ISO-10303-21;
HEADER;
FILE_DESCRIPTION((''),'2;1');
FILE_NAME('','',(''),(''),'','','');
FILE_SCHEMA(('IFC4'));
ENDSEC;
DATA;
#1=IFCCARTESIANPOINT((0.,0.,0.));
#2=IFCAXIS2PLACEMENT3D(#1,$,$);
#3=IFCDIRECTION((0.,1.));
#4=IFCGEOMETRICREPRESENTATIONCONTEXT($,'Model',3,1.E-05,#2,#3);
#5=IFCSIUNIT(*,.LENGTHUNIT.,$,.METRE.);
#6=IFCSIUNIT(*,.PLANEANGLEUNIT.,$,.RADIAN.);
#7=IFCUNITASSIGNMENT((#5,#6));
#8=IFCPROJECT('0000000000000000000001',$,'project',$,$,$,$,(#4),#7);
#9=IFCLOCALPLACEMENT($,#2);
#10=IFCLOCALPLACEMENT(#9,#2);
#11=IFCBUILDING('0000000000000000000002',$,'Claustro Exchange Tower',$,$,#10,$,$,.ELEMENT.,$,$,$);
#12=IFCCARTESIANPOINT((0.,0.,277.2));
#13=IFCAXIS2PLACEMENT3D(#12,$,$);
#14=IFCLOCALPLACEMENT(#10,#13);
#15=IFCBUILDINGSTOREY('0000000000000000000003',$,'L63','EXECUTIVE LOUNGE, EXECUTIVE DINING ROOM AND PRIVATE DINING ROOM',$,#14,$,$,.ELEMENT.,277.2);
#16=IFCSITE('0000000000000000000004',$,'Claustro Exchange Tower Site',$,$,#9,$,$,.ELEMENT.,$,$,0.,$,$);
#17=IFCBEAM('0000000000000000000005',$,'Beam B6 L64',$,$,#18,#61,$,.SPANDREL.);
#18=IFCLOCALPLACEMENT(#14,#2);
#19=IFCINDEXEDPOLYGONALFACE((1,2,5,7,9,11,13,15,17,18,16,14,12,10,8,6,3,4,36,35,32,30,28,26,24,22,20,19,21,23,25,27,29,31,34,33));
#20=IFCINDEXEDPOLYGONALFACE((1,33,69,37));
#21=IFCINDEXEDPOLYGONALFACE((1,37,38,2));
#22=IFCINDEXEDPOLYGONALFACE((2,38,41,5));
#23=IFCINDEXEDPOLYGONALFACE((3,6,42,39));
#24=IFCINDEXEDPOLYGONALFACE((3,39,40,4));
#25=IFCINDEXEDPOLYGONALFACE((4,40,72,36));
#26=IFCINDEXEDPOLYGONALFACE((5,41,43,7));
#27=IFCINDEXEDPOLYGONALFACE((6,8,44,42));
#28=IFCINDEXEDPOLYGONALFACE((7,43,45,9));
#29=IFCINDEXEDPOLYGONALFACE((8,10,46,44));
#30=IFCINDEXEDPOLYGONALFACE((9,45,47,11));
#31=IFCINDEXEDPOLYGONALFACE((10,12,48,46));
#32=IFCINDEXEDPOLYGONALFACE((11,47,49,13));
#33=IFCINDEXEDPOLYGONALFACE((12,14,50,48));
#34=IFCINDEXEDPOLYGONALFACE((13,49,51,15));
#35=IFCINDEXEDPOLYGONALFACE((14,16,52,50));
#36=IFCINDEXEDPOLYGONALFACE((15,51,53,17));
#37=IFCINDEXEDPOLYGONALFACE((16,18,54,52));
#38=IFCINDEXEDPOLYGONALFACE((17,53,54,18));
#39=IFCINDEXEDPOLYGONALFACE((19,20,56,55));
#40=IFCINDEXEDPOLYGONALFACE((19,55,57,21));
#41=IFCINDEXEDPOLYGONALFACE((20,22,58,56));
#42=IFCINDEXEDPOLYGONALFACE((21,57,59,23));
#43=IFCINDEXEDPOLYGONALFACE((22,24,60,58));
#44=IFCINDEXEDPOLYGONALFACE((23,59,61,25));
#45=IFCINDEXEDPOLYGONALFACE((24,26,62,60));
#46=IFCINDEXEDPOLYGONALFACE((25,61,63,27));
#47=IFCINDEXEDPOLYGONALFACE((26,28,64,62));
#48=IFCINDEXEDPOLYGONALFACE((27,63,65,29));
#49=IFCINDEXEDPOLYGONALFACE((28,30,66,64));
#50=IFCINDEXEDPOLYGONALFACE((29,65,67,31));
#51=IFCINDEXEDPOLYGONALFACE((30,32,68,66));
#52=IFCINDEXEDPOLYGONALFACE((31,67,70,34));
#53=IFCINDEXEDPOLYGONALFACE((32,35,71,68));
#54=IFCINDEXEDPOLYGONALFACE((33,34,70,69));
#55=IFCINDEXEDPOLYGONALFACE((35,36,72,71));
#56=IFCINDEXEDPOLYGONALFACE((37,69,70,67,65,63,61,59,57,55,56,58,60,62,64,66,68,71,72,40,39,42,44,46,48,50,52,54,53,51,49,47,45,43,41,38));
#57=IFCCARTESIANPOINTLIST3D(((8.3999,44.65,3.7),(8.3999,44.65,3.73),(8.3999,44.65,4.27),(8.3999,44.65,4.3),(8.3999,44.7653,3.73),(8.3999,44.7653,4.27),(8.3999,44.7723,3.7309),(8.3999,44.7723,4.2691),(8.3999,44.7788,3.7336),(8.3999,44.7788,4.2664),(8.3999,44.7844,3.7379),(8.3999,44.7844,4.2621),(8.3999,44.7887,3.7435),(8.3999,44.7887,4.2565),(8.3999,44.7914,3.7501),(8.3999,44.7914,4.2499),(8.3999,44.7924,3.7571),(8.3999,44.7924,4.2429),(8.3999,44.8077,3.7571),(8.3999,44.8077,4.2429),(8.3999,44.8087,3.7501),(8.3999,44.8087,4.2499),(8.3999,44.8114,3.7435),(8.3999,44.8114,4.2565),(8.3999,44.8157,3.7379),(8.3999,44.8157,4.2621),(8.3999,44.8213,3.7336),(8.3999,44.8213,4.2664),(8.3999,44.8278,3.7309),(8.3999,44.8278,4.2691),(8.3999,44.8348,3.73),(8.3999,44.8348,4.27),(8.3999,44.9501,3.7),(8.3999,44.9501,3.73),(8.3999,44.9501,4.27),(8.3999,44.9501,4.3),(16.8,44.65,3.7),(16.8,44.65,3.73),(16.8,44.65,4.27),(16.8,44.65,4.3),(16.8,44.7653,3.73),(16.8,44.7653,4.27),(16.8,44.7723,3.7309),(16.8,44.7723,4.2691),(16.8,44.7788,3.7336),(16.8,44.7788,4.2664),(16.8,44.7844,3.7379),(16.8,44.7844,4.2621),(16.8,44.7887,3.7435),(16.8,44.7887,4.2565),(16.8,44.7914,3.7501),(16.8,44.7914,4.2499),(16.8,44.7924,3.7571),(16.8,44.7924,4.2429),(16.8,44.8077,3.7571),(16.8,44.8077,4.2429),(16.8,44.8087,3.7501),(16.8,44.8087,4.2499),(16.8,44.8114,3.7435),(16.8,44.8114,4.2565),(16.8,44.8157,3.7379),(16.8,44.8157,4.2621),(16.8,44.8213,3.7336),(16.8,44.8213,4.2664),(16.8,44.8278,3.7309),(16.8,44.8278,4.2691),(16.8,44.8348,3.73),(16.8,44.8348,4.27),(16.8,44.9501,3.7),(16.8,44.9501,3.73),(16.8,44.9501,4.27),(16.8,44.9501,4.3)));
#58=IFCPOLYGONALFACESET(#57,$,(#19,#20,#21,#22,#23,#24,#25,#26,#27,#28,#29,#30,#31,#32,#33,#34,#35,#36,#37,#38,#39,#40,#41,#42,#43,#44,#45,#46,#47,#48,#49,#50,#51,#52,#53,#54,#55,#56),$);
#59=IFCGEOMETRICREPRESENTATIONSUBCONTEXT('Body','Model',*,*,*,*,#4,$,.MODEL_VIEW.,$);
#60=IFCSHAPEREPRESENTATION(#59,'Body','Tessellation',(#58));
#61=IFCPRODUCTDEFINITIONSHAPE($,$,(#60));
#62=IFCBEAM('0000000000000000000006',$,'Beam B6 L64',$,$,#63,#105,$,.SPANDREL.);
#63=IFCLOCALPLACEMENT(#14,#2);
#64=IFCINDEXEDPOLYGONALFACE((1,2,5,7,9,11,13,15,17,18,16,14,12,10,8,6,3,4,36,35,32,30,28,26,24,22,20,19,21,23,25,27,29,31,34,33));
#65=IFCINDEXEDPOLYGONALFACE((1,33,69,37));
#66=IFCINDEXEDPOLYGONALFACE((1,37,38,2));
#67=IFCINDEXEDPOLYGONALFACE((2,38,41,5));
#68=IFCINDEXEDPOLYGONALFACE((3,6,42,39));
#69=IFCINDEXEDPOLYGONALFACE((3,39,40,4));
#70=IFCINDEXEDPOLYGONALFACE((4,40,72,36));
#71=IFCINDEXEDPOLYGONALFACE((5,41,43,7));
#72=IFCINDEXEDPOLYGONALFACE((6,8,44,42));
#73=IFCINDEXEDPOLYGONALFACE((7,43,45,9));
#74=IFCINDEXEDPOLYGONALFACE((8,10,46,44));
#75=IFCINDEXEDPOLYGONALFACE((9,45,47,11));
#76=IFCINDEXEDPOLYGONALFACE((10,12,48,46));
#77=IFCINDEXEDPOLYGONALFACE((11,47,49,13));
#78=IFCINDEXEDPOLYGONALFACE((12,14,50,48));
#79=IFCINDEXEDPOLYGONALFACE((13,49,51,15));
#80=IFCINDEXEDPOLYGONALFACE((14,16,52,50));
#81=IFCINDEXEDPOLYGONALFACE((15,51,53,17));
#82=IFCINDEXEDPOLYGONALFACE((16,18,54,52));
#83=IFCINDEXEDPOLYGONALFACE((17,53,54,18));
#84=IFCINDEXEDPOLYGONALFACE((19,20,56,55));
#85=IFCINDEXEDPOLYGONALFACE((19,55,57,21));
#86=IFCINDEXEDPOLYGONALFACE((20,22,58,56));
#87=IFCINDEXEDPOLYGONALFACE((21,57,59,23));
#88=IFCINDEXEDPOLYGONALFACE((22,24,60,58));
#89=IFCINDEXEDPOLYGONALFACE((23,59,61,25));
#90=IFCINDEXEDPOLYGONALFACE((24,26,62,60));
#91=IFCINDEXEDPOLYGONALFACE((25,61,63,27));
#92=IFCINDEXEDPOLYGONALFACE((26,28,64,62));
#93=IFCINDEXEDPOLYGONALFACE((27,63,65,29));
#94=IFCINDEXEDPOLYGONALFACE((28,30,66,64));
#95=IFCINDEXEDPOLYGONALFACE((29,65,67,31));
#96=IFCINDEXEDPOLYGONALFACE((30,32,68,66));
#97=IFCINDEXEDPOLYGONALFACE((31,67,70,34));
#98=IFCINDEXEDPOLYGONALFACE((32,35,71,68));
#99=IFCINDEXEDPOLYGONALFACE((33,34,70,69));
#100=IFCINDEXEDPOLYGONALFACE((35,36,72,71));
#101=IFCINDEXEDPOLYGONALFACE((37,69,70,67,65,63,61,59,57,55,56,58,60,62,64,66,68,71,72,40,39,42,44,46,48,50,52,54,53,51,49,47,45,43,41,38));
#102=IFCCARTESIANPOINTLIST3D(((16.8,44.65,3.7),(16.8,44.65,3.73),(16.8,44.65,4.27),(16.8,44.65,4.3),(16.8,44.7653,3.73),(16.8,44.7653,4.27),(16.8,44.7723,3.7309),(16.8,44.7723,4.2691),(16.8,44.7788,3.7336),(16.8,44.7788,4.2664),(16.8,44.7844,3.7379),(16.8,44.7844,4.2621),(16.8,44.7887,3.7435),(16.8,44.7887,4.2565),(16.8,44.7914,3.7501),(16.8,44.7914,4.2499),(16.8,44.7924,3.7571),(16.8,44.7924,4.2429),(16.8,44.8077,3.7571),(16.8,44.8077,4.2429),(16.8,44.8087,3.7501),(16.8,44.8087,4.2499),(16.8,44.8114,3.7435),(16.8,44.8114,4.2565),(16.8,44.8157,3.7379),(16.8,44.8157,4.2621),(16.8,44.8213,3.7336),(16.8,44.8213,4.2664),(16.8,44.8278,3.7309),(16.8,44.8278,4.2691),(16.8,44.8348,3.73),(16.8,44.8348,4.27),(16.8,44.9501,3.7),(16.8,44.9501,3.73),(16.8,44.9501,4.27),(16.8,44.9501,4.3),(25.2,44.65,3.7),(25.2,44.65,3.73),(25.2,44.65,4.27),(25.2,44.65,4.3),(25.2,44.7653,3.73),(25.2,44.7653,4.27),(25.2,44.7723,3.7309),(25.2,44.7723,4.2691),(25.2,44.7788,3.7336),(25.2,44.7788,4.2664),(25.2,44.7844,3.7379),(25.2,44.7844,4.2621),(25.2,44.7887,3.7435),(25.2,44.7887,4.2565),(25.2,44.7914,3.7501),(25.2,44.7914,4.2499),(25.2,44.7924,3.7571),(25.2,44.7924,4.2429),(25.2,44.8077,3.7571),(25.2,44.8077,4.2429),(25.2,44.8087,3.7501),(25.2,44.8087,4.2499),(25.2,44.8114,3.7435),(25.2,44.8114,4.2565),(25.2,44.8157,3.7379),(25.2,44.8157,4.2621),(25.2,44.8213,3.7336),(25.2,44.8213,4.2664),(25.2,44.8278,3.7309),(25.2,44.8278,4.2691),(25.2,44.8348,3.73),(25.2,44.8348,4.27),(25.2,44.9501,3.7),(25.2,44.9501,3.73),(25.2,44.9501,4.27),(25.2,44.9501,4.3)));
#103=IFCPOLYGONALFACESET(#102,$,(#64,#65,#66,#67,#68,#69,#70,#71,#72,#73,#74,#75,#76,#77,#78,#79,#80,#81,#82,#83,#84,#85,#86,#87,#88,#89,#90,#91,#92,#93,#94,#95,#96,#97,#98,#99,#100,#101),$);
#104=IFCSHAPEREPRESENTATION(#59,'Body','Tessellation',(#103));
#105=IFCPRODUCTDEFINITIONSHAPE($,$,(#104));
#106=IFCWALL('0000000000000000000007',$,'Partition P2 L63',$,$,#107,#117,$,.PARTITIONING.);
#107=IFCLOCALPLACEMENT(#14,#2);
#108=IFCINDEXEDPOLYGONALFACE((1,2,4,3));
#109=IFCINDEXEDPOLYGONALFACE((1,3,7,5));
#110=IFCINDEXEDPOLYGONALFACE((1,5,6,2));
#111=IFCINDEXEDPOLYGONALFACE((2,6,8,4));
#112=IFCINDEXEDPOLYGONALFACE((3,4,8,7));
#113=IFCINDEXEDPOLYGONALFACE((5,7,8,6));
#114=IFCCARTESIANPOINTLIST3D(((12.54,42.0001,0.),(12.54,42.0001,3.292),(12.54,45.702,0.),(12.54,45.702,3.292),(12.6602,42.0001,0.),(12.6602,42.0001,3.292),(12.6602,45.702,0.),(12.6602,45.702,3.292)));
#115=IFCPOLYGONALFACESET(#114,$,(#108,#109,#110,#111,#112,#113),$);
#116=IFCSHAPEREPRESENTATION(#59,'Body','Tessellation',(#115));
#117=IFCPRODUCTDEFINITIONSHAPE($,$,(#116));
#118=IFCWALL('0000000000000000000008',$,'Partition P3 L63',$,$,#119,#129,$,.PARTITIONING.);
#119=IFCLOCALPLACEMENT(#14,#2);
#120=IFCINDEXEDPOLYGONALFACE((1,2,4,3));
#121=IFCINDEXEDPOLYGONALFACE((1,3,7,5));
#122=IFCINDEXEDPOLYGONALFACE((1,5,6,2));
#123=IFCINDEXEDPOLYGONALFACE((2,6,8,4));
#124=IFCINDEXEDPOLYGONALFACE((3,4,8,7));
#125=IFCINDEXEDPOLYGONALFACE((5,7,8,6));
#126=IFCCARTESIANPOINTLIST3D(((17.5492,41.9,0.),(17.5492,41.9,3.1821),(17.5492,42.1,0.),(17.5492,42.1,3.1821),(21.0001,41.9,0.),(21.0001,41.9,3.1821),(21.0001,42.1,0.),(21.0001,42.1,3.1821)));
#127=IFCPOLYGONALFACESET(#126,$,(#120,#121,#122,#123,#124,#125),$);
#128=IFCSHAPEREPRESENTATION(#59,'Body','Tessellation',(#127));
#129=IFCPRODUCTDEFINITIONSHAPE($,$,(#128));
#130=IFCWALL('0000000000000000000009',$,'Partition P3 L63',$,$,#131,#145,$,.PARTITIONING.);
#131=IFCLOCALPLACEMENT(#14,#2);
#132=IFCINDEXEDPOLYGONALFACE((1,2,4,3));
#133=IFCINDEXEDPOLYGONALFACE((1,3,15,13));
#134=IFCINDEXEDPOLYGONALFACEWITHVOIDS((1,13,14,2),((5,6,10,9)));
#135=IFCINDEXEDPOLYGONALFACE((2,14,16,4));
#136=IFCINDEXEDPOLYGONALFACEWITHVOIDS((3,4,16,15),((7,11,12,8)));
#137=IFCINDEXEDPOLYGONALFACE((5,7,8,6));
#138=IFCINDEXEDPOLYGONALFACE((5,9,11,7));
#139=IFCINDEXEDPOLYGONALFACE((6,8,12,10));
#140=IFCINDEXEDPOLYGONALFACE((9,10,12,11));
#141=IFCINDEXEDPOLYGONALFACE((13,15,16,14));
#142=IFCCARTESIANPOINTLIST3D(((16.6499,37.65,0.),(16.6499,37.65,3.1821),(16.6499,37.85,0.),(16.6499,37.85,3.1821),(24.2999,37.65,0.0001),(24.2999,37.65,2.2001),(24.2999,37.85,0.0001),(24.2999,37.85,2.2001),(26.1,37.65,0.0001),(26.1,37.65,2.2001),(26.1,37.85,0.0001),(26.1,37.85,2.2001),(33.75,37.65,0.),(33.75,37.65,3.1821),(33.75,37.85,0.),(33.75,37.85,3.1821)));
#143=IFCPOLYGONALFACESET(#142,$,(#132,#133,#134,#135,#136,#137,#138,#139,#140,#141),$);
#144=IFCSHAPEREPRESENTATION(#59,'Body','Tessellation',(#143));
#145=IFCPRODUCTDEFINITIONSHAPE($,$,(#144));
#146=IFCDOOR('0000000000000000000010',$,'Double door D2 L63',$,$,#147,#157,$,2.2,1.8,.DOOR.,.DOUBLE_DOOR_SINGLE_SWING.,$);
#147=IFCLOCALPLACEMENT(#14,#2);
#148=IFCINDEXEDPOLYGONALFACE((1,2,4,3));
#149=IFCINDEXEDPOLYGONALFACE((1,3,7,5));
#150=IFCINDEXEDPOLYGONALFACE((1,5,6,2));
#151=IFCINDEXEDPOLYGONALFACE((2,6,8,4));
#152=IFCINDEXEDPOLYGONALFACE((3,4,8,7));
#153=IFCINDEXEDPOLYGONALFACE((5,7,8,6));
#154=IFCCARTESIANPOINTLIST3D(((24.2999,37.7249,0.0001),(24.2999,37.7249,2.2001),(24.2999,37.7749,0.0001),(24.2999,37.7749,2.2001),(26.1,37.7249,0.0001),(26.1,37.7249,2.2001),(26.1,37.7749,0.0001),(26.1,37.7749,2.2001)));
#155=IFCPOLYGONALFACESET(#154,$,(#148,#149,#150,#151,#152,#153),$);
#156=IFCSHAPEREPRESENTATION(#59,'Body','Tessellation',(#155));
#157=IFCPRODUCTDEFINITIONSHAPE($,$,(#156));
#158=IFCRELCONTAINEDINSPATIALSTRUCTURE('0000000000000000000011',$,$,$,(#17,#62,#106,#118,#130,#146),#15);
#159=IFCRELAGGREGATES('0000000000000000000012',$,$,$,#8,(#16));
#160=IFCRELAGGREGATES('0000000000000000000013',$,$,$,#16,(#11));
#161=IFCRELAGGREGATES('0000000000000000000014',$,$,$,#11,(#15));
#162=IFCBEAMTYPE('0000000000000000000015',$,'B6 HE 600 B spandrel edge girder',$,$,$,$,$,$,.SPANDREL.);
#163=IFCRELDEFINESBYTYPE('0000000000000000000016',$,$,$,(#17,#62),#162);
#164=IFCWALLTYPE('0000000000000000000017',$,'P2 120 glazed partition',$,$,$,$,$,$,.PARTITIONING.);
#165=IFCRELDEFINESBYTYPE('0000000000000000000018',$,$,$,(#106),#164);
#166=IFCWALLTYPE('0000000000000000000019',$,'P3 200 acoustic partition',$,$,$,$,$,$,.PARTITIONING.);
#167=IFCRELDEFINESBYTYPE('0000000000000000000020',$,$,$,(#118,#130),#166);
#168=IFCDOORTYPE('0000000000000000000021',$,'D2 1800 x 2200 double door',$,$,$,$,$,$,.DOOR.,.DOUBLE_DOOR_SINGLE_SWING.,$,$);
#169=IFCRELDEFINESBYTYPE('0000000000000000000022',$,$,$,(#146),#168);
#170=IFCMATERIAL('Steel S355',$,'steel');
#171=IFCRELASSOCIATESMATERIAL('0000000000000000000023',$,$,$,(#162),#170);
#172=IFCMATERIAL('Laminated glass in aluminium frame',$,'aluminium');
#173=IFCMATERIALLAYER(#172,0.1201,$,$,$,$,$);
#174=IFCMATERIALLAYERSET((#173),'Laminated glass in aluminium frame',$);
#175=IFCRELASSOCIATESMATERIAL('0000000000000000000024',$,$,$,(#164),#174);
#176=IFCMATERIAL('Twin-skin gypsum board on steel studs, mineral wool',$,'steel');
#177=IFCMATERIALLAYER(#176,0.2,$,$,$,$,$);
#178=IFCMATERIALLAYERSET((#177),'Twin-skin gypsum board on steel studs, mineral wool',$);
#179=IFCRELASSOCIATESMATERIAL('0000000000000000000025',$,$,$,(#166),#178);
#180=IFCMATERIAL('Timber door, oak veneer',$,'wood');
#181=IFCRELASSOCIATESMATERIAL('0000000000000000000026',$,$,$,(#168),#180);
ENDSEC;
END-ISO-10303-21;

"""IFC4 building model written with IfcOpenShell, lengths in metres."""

from ifc_helpers import new_model, si_unit, direction, frame, frame_2d, origin, origin_2d, place, context, subcontext, project, spatial, rectangle, i_section, extrude, material, layer, layer_set, material_profile, profile_set, type_object, element, fill, save


model = new_model("IFC4")

# Units and contexts
model_context = context("Model", 3, precision=1e-05, world=origin(), true_north=direction((0.0, 1.0)))
body_context = subcontext(model_context, "Body", "Model", "MODEL_VIEW")
ifc_project = project(units=[si_unit("LENGTHUNIT", "METRE"), si_unit("PLANEANGLEUNIT", "RADIAN")], contexts=[model_context])

# Site, building, storey
site_placement = place(None, origin())
site = spatial("IfcSite", under=ifc_project, at=site_placement, Name="Claustro Exchange Tower Site", CompositionType="ELEMENT", RefElevation=0.0)
building_placement = place(site_placement, origin())
building = spatial("IfcBuilding", under=site, at=building_placement, Name="Claustro Exchange Tower", CompositionType="ELEMENT")
storey_placement = place(building_placement, frame((0.0, 0.0, 277.2)))
storey = spatial("IfcBuildingStorey", under=building, at=storey_placement, Name="L63", Description="EXECUTIVE LOUNGE, EXECUTIVE DINING ROOM AND PRIVATE DINING ROOM", CompositionType="ELEMENT", Elevation=277.2)

# Beams
ifc_material_1 = material(Name="Steel S355", Category="steel")
ifc_material_profile_1 = material_profile(ifc_material_1, i_section(OverallWidth=0.3, OverallDepth=0.6001, WebThickness=0.0154, FlangeThickness=0.03, FilletRadius=0.0271, at=origin_2d()), Name="HE 600 B")
ifc_profile_set_1 = profile_set([ifc_material_profile_1], Name="Steel S355")
beam_type_1 = type_object("IfcBeamType", Name="B6 HE 600 B spandrel edge girder", PredefinedType="SPANDREL", material=ifc_profile_set_1)
beam_1_placement = place(storey_placement, frame((8.3999, 44.8, 4.0), z_axis=(1.0, 0.0, 0.0), x_axis=(0.0, 1.0, 0.0)))
element("IfcBeam", 1, at=beam_1_placement, inside=storey, type_object=beam_type_1, Name="Beam B6 L64", PredefinedType="SPANDREL", context=body_context, shape_type="SweptSolid", body=[
    extrude(i_section(OverallWidth=0.3, OverallDepth=0.6001, WebThickness=0.0154, FlangeThickness=0.03, FilletRadius=0.0271, at=origin_2d()), origin(), (0.0, 0.0, 1.0), 8.4001),
])
beam_2_placement = place(storey_placement, frame((16.8, 44.8, 4.0), z_axis=(1.0, 0.0, 0.0), x_axis=(0.0, 1.0, 0.0)))
element("IfcBeam", 2, at=beam_2_placement, inside=storey, type_object=beam_type_1, Name="Beam B6 L64", PredefinedType="SPANDREL", context=body_context, shape_type="SweptSolid", body=[
    extrude(i_section(OverallWidth=0.3, OverallDepth=0.6001, WebThickness=0.0154, FlangeThickness=0.03, FilletRadius=0.0271, at=origin_2d()), origin(), (0.0, 0.0, 1.0), 8.3999),
])

# Wall
ifc_material_2 = material(Name="Laminated glass in aluminium frame", Category="aluminium")
ifc_layer_1 = layer(ifc_material_2, 0.1201)
ifc_layer_set_1 = layer_set([ifc_layer_1], Name="Laminated glass in aluminium frame")
wall_type_1 = type_object("IfcWallType", Name="P2 120 glazed partition", PredefinedType="PARTITIONING", material=ifc_layer_set_1)
wall_1_placement = place(storey_placement, frame((12.6001, 42.0, 0.0), z_axis=(0.0, 0.0, 1.0), x_axis=(0.0, 1.0, 0.0)))
element("IfcWall", 3, at=wall_1_placement, inside=storey, type_object=wall_type_1, Name="Partition P2 L63", PredefinedType="PARTITIONING", context=body_context, shape_type="SweptSolid", body=[
    extrude(rectangle(XDim=3.7019, YDim=0.1201, at=frame_2d((1.8511, 0.0))), origin(), (0.0, 0.0, 1.0), 3.292),
])

# Shared definitions
ifc_material_3 = material(Name="Twin-skin gypsum board on steel studs, mineral wool", Category="steel")
ifc_layer_2 = layer(ifc_material_3, 0.2)
ifc_layer_set_2 = layer_set([ifc_layer_2], Name="Twin-skin gypsum board on steel studs, mineral wool")
wall_type_2 = type_object("IfcWallType", Name="P3 200 acoustic partition", PredefinedType="PARTITIONING", material=ifc_layer_set_2)

# Wall
wall_2_placement = place(storey_placement, frame((17.5491, 42.0, 0.0), z_axis=(0.0, 0.0, 1.0), x_axis=(1.0, 0.0, 0.0)))
element("IfcWall", 4, at=wall_2_placement, inside=storey, type_object=wall_type_2, Name="Partition P3 L63", PredefinedType="PARTITIONING", context=body_context, shape_type="SweptSolid", body=[
    extrude(rectangle(XDim=3.4509, YDim=0.2, at=frame_2d((1.7256, 0.0))), origin(), (0.0, 0.0, 1.0), 3.1821),
])

# Wall, opening, door
wall_3_placement = place(storey_placement, frame((16.6499, 37.75, 0.0), z_axis=(0.0, 0.0, 1.0), x_axis=(1.0, 0.0, 0.0)))
wall_3 = element("IfcWall", 5, at=wall_3_placement, inside=storey, type_object=wall_type_2, Name="Partition P3 L63", PredefinedType="PARTITIONING", context=body_context, shape_type="SweptSolid", body=[
    extrude(rectangle(XDim=17.1001, YDim=0.2, at=frame_2d((8.55, 0.0))), origin(), (0.0, 0.0, 1.0), 3.1821),
])
opening_1_placement = place(wall_3_placement, frame((7.6501, 0.0, 0.0)))
opening_1 = element("IfcOpeningElement", 6, at=opening_1_placement, cuts=wall_3, PredefinedType="OPENING", context=body_context, shape_type="SweptSolid", body=[
    extrude(rectangle(XDim=1.8, YDim=2.2, at=frame_2d((0.8999, 1.1001))), frame((0.0, 0.1099, 0.0), z_axis=(0.0, -1.0, 0.0), x_axis=(1.0, 0.0, 0.0)), (0.0, 0.0, 1.0), 0.22),
])
ifc_material_4 = material(Name="Timber door, oak veneer", Category="wood")
door_type_1 = type_object("IfcDoorType", Name="D2 1800 x 2200 double door", OperationType="DOUBLE_DOOR_SINGLE_SWING", PredefinedType="DOOR", material=ifc_material_4)
door_1_placement = place(opening_1_placement, origin())
door_1 = element("IfcDoor", 7, at=door_1_placement, inside=storey, type_object=door_type_1, Name="Double door D2 L63", OperationType="DOUBLE_DOOR_SINGLE_SWING", OverallHeight=2.2, OverallWidth=1.8, PredefinedType="DOOR", context=body_context, shape_type="SweptSolid", body=[
    extrude(rectangle(XDim=1.8, YDim=2.2, at=frame_2d((0.8999, 1.1001))), frame((0.0, 0.0249, 0.0), z_axis=(0.0, -1.0, 0.0), x_axis=(1.0, 0.0, 0.0)), (0.0, 0.0, 1.0), 0.05),
])
fill(opening_1, door_1)

save(model, "model.ifc")
